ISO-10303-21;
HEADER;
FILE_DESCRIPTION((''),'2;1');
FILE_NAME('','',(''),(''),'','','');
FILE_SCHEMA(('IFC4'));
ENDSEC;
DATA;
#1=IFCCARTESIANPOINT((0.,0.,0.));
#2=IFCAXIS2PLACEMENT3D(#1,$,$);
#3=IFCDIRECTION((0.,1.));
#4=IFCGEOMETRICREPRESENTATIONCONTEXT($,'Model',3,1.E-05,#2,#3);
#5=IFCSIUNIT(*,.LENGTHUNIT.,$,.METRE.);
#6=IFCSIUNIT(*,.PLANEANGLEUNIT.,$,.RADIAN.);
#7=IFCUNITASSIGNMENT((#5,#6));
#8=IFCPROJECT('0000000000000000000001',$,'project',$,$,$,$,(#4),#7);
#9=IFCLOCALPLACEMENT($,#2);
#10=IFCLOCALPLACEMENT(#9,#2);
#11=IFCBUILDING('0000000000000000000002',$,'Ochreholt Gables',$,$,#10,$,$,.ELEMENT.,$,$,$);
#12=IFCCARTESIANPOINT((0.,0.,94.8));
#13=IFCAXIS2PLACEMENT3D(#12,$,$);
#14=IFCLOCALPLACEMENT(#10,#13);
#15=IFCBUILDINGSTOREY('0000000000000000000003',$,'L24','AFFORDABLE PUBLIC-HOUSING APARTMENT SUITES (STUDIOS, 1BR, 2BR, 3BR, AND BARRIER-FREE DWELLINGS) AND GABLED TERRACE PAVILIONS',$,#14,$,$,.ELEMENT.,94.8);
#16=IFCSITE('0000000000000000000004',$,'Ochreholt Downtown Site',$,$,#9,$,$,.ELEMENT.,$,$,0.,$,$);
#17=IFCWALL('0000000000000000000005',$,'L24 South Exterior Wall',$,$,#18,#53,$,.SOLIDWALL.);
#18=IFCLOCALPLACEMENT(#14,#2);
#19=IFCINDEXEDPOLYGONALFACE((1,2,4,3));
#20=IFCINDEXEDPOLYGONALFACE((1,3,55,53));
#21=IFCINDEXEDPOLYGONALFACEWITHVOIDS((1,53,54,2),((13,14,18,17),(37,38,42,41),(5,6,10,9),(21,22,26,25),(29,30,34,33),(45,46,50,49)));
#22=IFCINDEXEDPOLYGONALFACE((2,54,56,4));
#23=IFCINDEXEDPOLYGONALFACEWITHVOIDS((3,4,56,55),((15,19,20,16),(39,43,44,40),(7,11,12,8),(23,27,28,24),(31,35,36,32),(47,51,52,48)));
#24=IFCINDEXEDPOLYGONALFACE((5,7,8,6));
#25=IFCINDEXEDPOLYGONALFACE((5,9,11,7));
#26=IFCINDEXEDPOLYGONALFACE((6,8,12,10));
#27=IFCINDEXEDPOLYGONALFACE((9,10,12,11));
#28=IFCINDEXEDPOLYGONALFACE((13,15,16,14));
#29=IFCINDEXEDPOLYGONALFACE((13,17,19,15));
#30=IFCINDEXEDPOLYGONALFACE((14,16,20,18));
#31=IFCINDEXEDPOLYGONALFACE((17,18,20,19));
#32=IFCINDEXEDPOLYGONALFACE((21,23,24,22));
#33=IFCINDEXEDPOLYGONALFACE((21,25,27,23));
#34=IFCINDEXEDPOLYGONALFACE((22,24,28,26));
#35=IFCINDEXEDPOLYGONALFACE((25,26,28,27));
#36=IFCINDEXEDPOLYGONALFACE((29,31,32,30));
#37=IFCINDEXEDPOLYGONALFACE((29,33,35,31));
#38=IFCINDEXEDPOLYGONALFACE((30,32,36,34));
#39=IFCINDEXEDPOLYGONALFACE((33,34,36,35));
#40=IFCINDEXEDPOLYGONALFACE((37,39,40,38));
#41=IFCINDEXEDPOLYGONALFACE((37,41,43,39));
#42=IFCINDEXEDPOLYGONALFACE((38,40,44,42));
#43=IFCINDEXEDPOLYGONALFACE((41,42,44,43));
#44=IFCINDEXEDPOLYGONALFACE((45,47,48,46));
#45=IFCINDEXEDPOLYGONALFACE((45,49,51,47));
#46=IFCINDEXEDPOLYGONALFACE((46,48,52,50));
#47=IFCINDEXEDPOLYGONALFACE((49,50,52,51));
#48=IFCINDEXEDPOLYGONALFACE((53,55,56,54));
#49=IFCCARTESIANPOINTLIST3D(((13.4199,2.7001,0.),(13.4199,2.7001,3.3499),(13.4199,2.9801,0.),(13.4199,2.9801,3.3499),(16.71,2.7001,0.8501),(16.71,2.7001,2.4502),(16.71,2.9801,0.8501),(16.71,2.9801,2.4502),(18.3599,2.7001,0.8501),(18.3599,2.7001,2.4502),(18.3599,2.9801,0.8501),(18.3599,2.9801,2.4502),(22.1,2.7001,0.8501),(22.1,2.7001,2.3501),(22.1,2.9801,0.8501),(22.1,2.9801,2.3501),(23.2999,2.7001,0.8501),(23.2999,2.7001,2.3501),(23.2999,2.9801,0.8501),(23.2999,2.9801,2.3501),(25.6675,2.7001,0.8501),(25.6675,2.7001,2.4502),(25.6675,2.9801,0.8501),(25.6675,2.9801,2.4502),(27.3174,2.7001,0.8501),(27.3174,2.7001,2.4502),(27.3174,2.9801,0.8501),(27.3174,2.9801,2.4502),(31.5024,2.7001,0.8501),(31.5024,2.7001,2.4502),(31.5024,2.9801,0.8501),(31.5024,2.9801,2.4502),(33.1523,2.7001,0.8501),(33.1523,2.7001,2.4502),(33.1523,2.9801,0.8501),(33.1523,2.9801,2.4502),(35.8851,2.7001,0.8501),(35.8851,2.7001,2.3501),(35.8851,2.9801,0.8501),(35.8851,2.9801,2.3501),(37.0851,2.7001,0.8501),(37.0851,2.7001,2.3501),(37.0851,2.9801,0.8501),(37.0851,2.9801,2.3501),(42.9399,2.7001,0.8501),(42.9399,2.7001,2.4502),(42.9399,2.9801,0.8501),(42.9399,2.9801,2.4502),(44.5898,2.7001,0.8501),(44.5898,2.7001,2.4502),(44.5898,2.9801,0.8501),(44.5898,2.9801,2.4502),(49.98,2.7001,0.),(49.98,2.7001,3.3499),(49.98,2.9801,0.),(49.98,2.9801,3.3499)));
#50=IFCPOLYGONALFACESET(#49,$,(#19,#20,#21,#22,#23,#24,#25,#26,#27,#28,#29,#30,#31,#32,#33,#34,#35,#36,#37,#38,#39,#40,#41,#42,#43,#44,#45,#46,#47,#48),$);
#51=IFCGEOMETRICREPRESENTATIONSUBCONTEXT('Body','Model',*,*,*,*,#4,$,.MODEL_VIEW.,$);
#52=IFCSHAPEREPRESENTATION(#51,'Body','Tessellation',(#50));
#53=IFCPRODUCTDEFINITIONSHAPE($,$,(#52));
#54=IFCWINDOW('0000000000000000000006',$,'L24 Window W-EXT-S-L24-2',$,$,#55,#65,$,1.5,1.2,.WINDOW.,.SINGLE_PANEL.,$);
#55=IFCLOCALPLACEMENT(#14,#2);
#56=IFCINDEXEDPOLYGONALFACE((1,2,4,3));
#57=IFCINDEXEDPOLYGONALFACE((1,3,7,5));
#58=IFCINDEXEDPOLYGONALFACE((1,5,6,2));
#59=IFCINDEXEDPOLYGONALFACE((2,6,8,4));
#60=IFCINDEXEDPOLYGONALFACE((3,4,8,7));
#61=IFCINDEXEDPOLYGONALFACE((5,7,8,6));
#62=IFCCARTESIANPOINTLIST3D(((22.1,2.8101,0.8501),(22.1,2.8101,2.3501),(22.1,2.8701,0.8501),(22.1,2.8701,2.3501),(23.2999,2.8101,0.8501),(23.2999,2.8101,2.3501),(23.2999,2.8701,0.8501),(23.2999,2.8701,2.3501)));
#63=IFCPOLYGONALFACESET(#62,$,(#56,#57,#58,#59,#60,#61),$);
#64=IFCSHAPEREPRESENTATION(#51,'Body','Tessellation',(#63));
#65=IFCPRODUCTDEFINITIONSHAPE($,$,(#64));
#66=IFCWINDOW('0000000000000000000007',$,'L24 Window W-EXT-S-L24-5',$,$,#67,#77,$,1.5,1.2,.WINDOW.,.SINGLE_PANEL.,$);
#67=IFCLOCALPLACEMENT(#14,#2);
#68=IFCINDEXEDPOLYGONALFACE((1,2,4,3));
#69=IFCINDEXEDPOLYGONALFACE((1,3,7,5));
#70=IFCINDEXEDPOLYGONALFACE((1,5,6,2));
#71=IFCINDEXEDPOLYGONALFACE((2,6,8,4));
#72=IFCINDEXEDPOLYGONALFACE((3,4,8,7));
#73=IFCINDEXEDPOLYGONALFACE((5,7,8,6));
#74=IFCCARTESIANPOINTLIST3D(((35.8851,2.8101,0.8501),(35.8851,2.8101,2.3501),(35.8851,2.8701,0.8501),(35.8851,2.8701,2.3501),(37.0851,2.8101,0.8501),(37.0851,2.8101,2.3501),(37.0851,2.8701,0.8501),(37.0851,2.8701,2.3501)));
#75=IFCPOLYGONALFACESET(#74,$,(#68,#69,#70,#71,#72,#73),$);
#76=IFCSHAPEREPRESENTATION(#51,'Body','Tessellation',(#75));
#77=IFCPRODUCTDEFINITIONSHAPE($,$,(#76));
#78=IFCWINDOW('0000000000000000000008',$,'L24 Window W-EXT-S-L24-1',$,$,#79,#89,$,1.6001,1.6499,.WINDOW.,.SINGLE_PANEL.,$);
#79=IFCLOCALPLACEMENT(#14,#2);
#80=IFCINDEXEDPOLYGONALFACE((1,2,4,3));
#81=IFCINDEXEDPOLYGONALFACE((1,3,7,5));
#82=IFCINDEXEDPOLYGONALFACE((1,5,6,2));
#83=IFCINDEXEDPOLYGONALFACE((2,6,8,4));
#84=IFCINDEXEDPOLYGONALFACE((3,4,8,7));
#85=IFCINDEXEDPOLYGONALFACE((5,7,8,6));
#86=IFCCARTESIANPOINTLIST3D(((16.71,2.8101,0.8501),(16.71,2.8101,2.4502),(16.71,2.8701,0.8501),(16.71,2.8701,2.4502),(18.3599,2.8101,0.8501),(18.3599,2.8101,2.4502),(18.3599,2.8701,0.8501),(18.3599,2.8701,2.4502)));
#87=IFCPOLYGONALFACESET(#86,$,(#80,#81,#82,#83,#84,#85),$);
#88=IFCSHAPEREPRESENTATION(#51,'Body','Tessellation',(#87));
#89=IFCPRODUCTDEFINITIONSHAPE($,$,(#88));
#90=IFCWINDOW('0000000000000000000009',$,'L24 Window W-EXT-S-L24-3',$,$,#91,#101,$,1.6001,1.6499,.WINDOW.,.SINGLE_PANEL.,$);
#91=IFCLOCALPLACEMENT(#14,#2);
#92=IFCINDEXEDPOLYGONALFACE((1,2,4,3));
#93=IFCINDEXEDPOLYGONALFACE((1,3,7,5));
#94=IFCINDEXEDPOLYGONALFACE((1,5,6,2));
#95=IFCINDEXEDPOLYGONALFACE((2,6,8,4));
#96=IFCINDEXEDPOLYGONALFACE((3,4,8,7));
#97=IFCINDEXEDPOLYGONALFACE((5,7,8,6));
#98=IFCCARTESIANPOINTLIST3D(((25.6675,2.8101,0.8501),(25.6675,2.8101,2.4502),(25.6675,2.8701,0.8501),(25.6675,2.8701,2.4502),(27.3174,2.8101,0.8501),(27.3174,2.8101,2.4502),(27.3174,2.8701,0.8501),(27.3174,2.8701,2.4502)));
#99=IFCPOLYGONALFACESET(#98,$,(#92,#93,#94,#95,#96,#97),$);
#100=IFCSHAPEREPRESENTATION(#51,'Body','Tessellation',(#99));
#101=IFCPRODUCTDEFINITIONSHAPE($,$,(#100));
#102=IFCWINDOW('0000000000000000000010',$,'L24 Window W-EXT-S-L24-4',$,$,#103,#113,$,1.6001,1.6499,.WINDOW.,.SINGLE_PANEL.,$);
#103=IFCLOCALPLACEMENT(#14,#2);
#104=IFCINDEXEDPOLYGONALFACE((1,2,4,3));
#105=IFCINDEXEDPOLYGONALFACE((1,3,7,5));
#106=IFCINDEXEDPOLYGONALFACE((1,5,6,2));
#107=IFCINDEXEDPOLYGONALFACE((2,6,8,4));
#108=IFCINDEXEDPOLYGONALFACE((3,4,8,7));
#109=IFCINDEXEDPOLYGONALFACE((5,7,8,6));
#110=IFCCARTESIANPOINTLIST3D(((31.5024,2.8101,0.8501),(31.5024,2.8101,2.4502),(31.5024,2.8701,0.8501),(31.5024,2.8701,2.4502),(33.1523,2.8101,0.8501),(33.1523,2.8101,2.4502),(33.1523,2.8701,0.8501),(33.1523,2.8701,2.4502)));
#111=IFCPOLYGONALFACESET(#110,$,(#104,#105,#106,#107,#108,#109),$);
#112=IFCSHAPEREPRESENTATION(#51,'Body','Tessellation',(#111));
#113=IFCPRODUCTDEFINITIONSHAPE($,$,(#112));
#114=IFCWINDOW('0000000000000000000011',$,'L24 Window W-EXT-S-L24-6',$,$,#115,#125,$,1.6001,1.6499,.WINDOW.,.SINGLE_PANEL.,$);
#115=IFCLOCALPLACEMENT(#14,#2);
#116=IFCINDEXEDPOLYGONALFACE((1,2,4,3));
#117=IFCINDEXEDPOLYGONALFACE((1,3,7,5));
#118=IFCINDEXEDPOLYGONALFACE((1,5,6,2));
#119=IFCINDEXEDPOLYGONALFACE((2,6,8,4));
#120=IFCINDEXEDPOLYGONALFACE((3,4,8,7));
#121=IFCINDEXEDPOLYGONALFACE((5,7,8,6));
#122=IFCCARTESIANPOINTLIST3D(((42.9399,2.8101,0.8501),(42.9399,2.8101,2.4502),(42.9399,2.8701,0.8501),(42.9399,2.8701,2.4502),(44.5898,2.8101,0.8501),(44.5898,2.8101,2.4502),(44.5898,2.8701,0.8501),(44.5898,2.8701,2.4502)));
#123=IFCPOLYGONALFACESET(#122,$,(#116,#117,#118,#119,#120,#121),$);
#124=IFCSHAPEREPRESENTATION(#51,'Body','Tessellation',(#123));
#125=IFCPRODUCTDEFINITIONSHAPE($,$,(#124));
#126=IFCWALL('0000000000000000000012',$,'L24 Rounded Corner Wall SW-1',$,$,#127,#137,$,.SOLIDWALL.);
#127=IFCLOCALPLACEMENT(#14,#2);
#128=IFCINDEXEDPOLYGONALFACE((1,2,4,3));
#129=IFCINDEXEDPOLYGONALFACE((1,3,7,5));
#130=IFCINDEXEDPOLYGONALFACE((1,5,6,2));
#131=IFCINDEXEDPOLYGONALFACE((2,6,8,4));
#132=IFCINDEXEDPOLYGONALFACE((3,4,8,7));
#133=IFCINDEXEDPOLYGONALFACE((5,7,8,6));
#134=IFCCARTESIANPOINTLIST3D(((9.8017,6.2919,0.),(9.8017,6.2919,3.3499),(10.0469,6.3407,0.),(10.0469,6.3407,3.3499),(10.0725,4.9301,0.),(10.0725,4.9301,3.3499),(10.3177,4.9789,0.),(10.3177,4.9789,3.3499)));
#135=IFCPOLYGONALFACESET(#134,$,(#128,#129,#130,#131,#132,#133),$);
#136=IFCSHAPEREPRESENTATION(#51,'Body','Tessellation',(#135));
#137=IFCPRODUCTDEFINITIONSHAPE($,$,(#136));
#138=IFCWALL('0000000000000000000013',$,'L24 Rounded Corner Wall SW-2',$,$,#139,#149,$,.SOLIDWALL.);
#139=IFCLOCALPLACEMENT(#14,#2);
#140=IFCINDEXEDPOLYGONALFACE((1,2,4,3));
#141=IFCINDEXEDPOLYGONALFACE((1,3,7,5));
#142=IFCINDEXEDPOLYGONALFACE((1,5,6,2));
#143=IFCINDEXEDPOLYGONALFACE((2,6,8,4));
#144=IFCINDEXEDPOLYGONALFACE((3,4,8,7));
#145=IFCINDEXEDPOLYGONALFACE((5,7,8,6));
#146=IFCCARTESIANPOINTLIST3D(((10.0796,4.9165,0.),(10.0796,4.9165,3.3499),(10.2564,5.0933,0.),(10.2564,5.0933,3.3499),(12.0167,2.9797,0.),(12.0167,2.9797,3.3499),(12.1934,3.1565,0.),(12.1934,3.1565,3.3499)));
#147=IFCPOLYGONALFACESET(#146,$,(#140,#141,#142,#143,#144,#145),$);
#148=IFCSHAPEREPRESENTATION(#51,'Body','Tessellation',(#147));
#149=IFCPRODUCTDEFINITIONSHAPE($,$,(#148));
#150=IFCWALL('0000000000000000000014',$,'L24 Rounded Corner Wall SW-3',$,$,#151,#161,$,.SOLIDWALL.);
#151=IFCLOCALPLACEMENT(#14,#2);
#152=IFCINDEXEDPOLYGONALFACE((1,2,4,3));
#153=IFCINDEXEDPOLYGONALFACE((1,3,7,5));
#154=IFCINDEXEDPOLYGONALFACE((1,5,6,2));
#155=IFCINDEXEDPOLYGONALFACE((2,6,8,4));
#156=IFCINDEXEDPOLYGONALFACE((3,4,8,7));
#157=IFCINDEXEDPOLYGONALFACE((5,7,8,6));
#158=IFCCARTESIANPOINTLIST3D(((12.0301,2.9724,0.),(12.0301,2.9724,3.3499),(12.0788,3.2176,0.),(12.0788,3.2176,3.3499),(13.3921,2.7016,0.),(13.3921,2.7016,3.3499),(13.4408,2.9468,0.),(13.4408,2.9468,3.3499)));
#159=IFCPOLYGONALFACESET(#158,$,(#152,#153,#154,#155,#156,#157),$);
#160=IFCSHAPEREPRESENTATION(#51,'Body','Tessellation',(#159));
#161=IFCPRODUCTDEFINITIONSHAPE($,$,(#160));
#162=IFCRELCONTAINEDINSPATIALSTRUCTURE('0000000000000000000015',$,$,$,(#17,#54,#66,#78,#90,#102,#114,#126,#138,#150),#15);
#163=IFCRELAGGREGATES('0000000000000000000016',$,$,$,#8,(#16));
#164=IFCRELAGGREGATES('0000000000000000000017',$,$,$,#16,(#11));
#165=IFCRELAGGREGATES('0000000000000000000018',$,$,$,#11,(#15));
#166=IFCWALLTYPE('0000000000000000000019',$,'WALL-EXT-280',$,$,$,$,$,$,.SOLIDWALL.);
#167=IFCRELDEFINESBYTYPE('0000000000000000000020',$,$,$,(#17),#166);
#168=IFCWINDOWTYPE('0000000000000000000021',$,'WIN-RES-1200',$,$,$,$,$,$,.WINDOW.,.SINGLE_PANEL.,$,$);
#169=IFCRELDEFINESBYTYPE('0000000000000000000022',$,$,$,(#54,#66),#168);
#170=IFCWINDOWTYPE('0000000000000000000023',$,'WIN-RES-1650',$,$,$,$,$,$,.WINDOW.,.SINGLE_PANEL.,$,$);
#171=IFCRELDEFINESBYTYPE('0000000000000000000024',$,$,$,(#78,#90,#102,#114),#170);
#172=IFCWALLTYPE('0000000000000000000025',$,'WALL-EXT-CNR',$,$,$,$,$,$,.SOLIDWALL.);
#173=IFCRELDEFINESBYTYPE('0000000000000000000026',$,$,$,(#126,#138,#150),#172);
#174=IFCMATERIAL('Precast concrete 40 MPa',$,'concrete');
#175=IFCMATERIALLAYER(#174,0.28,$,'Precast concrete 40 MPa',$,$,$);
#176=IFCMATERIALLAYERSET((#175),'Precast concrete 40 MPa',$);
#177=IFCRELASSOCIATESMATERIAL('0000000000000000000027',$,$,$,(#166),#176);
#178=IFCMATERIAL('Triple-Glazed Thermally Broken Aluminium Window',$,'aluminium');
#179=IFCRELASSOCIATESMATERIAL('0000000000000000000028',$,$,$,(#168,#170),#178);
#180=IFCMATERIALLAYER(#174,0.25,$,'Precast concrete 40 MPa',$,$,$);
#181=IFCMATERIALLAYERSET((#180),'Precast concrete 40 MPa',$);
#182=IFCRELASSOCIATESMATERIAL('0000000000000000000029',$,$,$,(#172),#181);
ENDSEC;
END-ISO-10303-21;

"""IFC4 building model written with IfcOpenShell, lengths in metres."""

from ifc_helpers import new_model, si_unit, direction, frame, frame_2d, origin, place, context, subcontext, project, spatial, rectangle, extrude, material, layer, layer_set, type_object, element, fill, save


model = new_model("IFC4")

# Units and contexts
model_context = context("Model", 3, precision=1e-05, world=origin(), true_north=direction((0.0, 1.0)))
body_context = subcontext(model_context, "Body", "Model", "MODEL_VIEW")
ifc_project = project(units=[si_unit("LENGTHUNIT", "METRE"), si_unit("PLANEANGLEUNIT", "RADIAN")], contexts=[model_context])

# Site, building, storey
site_placement = place(None, origin())
site = spatial("IfcSite", under=ifc_project, at=site_placement, Name="Ochreholt Downtown Site", CompositionType="ELEMENT", RefElevation=0.0)
building_placement = place(site_placement, origin())
building = spatial("IfcBuilding", under=site, at=building_placement, Name="Ochreholt Gables", CompositionType="ELEMENT")
storey_placement = place(building_placement, frame((0.0, 0.0, 94.8)))
storey = spatial("IfcBuildingStorey", under=building, at=storey_placement, Name="L24", Description="AFFORDABLE PUBLIC-HOUSING APARTMENT SUITES (STUDIOS, 1BR, 2BR, 3BR, AND BARRIER-FREE DWELLINGS) AND GABLED TERRACE PAVILIONS", CompositionType="ELEMENT", Elevation=94.8)

# Wall, openings, windows
ifc_material_1 = material(Name="Precast concrete 40 MPa", Category="concrete")
ifc_layer_1 = layer(ifc_material_1, 0.28, Name="Precast concrete 40 MPa")
ifc_layer_set_1 = layer_set([ifc_layer_1], Name="Precast concrete 40 MPa")
wall_type_1 = type_object("IfcWallType", Name="WALL-EXT-280", PredefinedType="SOLIDWALL", material=ifc_layer_set_1)
wall_1_placement = place(storey_placement, frame((13.4199, 2.8401, 0.0), z_axis=(0.0, 0.0, 1.0), x_axis=(1.0, 0.0, 0.0)))
wall_1 = element("IfcWall", 1, at=wall_1_placement, inside=storey, type_object=wall_type_1, Name="L24 South Exterior Wall", PredefinedType="SOLIDWALL", context=body_context, shape_type="SweptSolid", body=[
    extrude(rectangle(XDim=36.5601, YDim=0.28, at=frame_2d((18.28, 0.0))), origin(), (0.0, 0.0, 1.0), 3.3499),
])
opening_1_placement = place(wall_1_placement, frame((3.29, 0.0, 0.8501)))
opening_1 = element("IfcOpeningElement", 2, at=opening_1_placement, cuts=wall_1, PredefinedType="OPENING", context=body_context, shape_type="SweptSolid", body=[
    extrude(rectangle(XDim=1.6499, YDim=1.6001, at=frame_2d((0.825, 0.8))), frame((0.0, 0.1499, 0.0), z_axis=(0.0, -1.0, 0.0), x_axis=(1.0, 0.0, 0.0)), (0.0, 0.0, 1.0), 0.3),
])
opening_2_placement = place(wall_1_placement, frame((8.6799, 0.0, 0.8501)))
opening_2 = element("IfcOpeningElement", 3, at=opening_2_placement, cuts=wall_1, PredefinedType="OPENING", context=body_context, shape_type="SweptSolid", body=[
    extrude(rectangle(XDim=1.2, YDim=1.5, at=frame_2d((0.6001, 0.75))), frame((0.0, 0.1499, 0.0), z_axis=(0.0, -1.0, 0.0), x_axis=(1.0, 0.0, 0.0)), (0.0, 0.0, 1.0), 0.3),
])
opening_3_placement = place(wall_1_placement, frame((12.2476, 0.0, 0.8501)))
opening_3 = element("IfcOpeningElement", 4, at=opening_3_placement, cuts=wall_1, PredefinedType="OPENING", context=body_context, shape_type="SweptSolid", body=[
    extrude(rectangle(XDim=1.6499, YDim=1.6001, at=frame_2d((0.825, 0.8))), frame((0.0, 0.1499, 0.0), z_axis=(0.0, -1.0, 0.0), x_axis=(1.0, 0.0, 0.0)), (0.0, 0.0, 1.0), 0.3),
])
opening_4_placement = place(wall_1_placement, frame((18.0825, 0.0, 0.8501)))
opening_4 = element("IfcOpeningElement", 5, at=opening_4_placement, cuts=wall_1, PredefinedType="OPENING", context=body_context, shape_type="SweptSolid", body=[
    extrude(rectangle(XDim=1.6499, YDim=1.6001, at=frame_2d((0.825, 0.8))), frame((0.0, 0.1499, 0.0), z_axis=(0.0, -1.0, 0.0), x_axis=(1.0, 0.0, 0.0)), (0.0, 0.0, 1.0), 0.3),
])
opening_5_placement = place(wall_1_placement, frame((22.4651, 0.0, 0.8501)))
opening_5 = element("IfcOpeningElement", 6, at=opening_5_placement, cuts=wall_1, PredefinedType="OPENING", context=body_context, shape_type="SweptSolid", body=[
    extrude(rectangle(XDim=1.2, YDim=1.5, at=frame_2d((0.6001, 0.75))), frame((0.0, 0.1499, 0.0), z_axis=(0.0, -1.0, 0.0), x_axis=(1.0, 0.0, 0.0)), (0.0, 0.0, 1.0), 0.3),
])
opening_6_placement = place(wall_1_placement, frame((29.52, 0.0, 0.8501)))
opening_6 = element("IfcOpeningElement", 7, at=opening_6_placement, cuts=wall_1, PredefinedType="OPENING", context=body_context, shape_type="SweptSolid", body=[
    extrude(rectangle(XDim=1.6499, YDim=1.6001, at=frame_2d((0.825, 0.8))), frame((0.0, 0.1499, 0.0), z_axis=(0.0, -1.0, 0.0), x_axis=(1.0, 0.0, 0.0)), (0.0, 0.0, 1.0), 0.3),
])
ifc_material_2 = material(Name="Triple-Glazed Thermally Broken Aluminium Window", Category="aluminium")
window_type_1 = type_object("IfcWindowType", Name="WIN-RES-1200", PartitioningType="SINGLE_PANEL", PredefinedType="WINDOW", material=ifc_material_2)
window_1_placement = place(opening_2_placement, origin())
window_1 = element("IfcWindow", 8, at=window_1_placement, inside=storey, type_object=window_type_1, Name="L24 Window W-EXT-S-L24-2", OverallHeight=1.5, OverallWidth=1.2, PartitioningType="SINGLE_PANEL", PredefinedType="WINDOW", context=body_context, shape_type="SweptSolid", body=[
    extrude(rectangle(XDim=1.2, YDim=1.5, at=frame_2d((0.6001, 0.75))), frame((0.0, 0.03, 0.0), z_axis=(0.0, -1.0, 0.0), x_axis=(1.0, 0.0, 0.0)), (0.0, 0.0, 1.0), 0.0601),
])
fill(opening_2, window_1)
window_2_placement = place(opening_5_placement, origin())
window_2 = element("IfcWindow", 9, at=window_2_placement, inside=storey, type_object=window_type_1, Name="L24 Window W-EXT-S-L24-5", OverallHeight=1.5, OverallWidth=1.2, PartitioningType="SINGLE_PANEL", PredefinedType="WINDOW", context=body_context, shape_type="SweptSolid", body=[
    extrude(rectangle(XDim=1.2, YDim=1.5, at=frame_2d((0.6001, 0.75))), frame((0.0, 0.03, 0.0), z_axis=(0.0, -1.0, 0.0), x_axis=(1.0, 0.0, 0.0)), (0.0, 0.0, 1.0), 0.0601),
])
fill(opening_5, window_2)
window_type_2 = type_object("IfcWindowType", Name="WIN-RES-1650", PartitioningType="SINGLE_PANEL", PredefinedType="WINDOW", material=ifc_material_2)
window_3_placement = place(opening_1_placement, origin())
window_3 = element("IfcWindow", 10, at=window_3_placement, inside=storey, type_object=window_type_2, Name="L24 Window W-EXT-S-L24-1", OverallHeight=1.6001, OverallWidth=1.6499, PartitioningType="SINGLE_PANEL", PredefinedType="WINDOW", context=body_context, shape_type="SweptSolid", body=[
    extrude(rectangle(XDim=1.6499, YDim=1.6001, at=frame_2d((0.825, 0.8))), frame((0.0, 0.03, 0.0), z_axis=(0.0, -1.0, 0.0), x_axis=(1.0, 0.0, 0.0)), (0.0, 0.0, 1.0), 0.0601),
])
fill(opening_1, window_3)
window_4_placement = place(opening_3_placement, origin())
window_4 = element("IfcWindow", 11, at=window_4_placement, inside=storey, type_object=window_type_2, Name="L24 Window W-EXT-S-L24-3", OverallHeight=1.6001, OverallWidth=1.6499, PartitioningType="SINGLE_PANEL", PredefinedType="WINDOW", context=body_context, shape_type="SweptSolid", body=[
    extrude(rectangle(XDim=1.6499, YDim=1.6001, at=frame_2d((0.825, 0.8))), frame((0.0, 0.03, 0.0), z_axis=(0.0, -1.0, 0.0), x_axis=(1.0, 0.0, 0.0)), (0.0, 0.0, 1.0), 0.0601),
])
fill(opening_3, window_4)
window_5_placement = place(opening_4_placement, origin())
window_5 = element("IfcWindow", 12, at=window_5_placement, inside=storey, type_object=window_type_2, Name="L24 Window W-EXT-S-L24-4", OverallHeight=1.6001, OverallWidth=1.6499, PartitioningType="SINGLE_PANEL", PredefinedType="WINDOW", context=body_context, shape_type="SweptSolid", body=[
    extrude(rectangle(XDim=1.6499, YDim=1.6001, at=frame_2d((0.825, 0.8))), frame((0.0, 0.03, 0.0), z_axis=(0.0, -1.0, 0.0), x_axis=(1.0, 0.0, 0.0)), (0.0, 0.0, 1.0), 0.0601),
])
fill(opening_4, window_5)
window_6_placement = place(opening_6_placement, origin())
window_6 = element("IfcWindow", 13, at=window_6_placement, inside=storey, type_object=window_type_2, Name="L24 Window W-EXT-S-L24-6", OverallHeight=1.6001, OverallWidth=1.6499, PartitioningType="SINGLE_PANEL", PredefinedType="WINDOW", context=body_context, shape_type="SweptSolid", body=[
    extrude(rectangle(XDim=1.6499, YDim=1.6001, at=frame_2d((0.825, 0.8))), frame((0.0, 0.03, 0.0), z_axis=(0.0, -1.0, 0.0), x_axis=(1.0, 0.0, 0.0)), (0.0, 0.0, 1.0), 0.0601),
])
fill(opening_6, window_6)

# Walls
ifc_layer_2 = layer(ifc_material_1, 0.25, Name="Precast concrete 40 MPa")
ifc_layer_set_2 = layer_set([ifc_layer_2], Name="Precast concrete 40 MPa")
wall_type_2 = type_object("IfcWallType", Name="WALL-EXT-CNR", PredefinedType="SOLIDWALL", material=ifc_layer_set_2)
wall_2_placement = place(storey_placement, frame((9.9243, 6.3164, 0.0), z_axis=(0.0, 0.0, 1.0), x_axis=(0.195, -0.980803, 0.0)))
element("IfcWall", 14, at=wall_2_placement, inside=storey, type_object=wall_type_2, Name="L24 Rounded Corner Wall SW-1", PredefinedType="SOLIDWALL", context=body_context, shape_type="SweptSolid", body=[
    extrude(rectangle(XDim=1.3884, YDim=0.25, at=frame_2d((0.6943, 0.0))), origin(), (0.0, 0.0, 1.0), 3.3499),
])
wall_3_placement = place(storey_placement, frame((10.168, 5.0049, 0.0), z_axis=(0.0, 0.0, 1.0), x_axis=(0.707151, -0.707062, 0.0)))
element("IfcWall", 15, at=wall_3_placement, inside=storey, type_object=wall_type_2, Name="L24 Rounded Corner Wall SW-2", PredefinedType="SOLIDWALL", context=body_context, shape_type="SweptSolid", body=[
    extrude(rectangle(XDim=2.7393, YDim=0.25, at=frame_2d((1.3696, 0.0))), origin(), (0.0, 0.0, 1.0), 3.3499),
])
wall_4_placement = place(storey_placement, frame((12.0544, 3.095, 0.0), z_axis=(0.0, 0.0, 1.0), x_axis=(0.98081, -0.194967, 0.0)))
element("IfcWall", 16, at=wall_4_placement, inside=storey, type_object=wall_type_2, Name="L24 Rounded Corner Wall SW-3", PredefinedType="SOLIDWALL", context=body_context, shape_type="SweptSolid", body=[
    extrude(rectangle(XDim=1.3887, YDim=0.25, at=frame_2d((0.6943, 0.0))), origin(), (0.0, 0.0, 1.0), 3.3499),
])

save(model, "model.ifc")
